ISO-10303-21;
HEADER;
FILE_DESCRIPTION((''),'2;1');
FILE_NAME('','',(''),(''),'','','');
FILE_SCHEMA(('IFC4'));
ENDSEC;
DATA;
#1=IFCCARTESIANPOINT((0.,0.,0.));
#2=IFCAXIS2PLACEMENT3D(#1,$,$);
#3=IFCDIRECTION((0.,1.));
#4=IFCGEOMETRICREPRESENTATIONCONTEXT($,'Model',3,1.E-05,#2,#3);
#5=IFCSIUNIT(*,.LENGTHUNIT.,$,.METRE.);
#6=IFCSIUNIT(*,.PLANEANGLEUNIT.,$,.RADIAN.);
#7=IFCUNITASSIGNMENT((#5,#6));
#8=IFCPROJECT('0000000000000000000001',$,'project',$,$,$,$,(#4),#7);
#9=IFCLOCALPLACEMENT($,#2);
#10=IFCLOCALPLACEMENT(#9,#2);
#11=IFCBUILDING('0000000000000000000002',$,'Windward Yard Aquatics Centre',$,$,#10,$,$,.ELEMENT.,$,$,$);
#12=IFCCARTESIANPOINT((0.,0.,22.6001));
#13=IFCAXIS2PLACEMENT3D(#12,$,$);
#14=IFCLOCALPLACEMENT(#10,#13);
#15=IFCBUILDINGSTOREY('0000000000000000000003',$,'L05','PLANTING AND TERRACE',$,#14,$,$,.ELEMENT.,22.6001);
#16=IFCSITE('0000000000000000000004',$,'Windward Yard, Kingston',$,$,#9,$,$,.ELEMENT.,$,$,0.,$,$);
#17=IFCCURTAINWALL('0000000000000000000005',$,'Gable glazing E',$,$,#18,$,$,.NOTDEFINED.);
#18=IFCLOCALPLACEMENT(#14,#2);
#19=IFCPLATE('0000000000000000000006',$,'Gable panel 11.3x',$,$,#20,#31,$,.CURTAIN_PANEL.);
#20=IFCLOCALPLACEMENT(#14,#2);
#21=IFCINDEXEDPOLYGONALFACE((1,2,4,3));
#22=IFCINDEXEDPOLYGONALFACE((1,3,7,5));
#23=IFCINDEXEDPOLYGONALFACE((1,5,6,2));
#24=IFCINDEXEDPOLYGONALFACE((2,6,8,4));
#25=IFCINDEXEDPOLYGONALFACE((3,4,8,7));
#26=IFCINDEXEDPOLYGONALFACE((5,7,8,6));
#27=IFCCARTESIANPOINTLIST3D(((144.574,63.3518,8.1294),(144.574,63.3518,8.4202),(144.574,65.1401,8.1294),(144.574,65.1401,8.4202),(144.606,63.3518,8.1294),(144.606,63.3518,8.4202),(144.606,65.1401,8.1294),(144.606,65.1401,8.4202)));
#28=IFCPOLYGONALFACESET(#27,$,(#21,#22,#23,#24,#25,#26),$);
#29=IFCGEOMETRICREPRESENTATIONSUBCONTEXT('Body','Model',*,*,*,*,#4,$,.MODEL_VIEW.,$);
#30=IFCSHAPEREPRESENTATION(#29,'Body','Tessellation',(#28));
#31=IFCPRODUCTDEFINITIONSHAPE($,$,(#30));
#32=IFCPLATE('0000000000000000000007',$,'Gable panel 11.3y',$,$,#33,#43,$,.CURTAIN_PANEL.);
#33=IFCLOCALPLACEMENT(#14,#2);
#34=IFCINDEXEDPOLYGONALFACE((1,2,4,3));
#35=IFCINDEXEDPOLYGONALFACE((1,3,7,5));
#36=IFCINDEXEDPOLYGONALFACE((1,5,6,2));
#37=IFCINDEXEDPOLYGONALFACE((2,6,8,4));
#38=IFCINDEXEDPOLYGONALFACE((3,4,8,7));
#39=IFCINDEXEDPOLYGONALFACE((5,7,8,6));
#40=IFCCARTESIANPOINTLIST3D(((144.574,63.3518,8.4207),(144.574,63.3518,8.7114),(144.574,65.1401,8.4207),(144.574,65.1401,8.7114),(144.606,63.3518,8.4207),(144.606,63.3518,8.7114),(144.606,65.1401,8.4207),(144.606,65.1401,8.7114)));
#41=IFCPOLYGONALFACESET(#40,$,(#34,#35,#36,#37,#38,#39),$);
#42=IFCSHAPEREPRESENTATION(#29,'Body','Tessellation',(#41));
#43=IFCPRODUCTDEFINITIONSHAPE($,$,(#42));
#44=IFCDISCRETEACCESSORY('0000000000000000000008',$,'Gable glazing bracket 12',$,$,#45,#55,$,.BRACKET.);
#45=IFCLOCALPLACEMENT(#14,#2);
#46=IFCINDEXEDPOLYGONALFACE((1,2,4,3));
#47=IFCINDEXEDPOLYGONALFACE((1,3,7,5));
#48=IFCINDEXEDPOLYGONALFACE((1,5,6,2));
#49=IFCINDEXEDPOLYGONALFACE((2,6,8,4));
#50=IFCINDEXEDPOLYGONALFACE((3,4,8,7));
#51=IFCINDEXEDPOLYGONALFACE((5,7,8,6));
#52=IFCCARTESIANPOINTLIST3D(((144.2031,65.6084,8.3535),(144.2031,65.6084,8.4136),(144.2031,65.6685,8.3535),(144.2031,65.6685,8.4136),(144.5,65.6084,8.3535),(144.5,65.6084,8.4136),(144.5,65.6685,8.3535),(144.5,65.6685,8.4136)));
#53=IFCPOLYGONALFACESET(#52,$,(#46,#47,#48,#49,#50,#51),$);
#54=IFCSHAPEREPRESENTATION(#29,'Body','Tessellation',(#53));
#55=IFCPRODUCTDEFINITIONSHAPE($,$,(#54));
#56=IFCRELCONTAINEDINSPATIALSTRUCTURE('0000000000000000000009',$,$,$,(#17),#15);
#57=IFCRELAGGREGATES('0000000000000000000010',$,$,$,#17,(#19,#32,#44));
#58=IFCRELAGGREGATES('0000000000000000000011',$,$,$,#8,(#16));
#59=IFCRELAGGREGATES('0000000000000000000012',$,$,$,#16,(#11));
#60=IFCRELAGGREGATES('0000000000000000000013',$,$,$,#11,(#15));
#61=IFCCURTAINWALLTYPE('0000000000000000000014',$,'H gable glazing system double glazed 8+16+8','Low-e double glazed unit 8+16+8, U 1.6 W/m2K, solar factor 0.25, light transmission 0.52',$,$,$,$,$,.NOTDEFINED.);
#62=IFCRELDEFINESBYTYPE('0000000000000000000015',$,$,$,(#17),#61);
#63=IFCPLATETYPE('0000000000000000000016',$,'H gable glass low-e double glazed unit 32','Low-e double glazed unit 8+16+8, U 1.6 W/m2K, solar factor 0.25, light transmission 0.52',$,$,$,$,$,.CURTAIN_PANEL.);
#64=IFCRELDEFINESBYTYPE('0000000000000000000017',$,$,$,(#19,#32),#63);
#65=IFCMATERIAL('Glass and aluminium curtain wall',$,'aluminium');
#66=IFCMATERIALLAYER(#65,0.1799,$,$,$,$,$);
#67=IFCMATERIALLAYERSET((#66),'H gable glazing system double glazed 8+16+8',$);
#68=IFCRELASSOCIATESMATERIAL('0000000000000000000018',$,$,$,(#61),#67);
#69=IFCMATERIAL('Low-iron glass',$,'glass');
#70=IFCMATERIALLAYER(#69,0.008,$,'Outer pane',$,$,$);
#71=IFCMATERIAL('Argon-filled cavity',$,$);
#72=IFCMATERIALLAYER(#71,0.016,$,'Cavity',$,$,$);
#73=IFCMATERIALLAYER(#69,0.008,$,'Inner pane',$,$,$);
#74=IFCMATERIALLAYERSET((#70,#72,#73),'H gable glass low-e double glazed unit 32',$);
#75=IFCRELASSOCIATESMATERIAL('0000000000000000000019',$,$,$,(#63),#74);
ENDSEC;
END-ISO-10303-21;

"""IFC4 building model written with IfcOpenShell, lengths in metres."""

from ifc_helpers import new_model, si_unit, direction, frame, origin, origin_2d, place, context, subcontext, project, spatial, polyline, rectangle, outline, extrude, material, layer, layer_set, type_object, element, aggregate, save


model = new_model("IFC4")

# Units and contexts
model_context = context("Model", 3, precision=1e-05, world=origin(), true_north=direction((0.0, 1.0)))
body_context = subcontext(model_context, "Body", "Model", "MODEL_VIEW")
ifc_project = project(units=[si_unit("LENGTHUNIT", "METRE"), si_unit("PLANEANGLEUNIT", "RADIAN")], contexts=[model_context])

# Site, building, storey
site_placement = place(None, origin())
site = spatial("IfcSite", under=ifc_project, at=site_placement, Name="Windward Yard, Kingston", CompositionType="ELEMENT", RefElevation=0.0)
building_placement = place(site_placement, origin())
building = spatial("IfcBuilding", under=site, at=building_placement, Name="Windward Yard Aquatics Centre", CompositionType="ELEMENT")
storey_placement = place(building_placement, frame((0.0, 0.0, 22.6001)))
storey = spatial("IfcBuildingStorey", under=building, at=storey_placement, Name="L05", Description="PLANTING AND TERRACE", CompositionType="ELEMENT", Elevation=22.6001)

# Curtain wall, plates, discrete accessory
ifc_material_1 = material(Name="Glass and aluminium curtain wall", Category="aluminium")
ifc_layer_1 = layer(ifc_material_1, 0.1799)
ifc_layer_set_1 = layer_set([ifc_layer_1], Name="H gable glazing system double glazed 8+16+8")
curtain_wall_type = type_object("IfcCurtainWallType", Name="H gable glazing system double glazed 8+16+8", Description="Low-e double glazed unit 8+16+8, U 1.6 W/m2K, solar factor 0.25, light transmission 0.52", PredefinedType="NOTDEFINED", material=ifc_layer_set_1)
curtain_wall_placement = place(storey_placement, origin())
curtain_wall = element("IfcCurtainWall", 1, at=curtain_wall_placement, inside=storey, type_object=curtain_wall_type, Name="Gable glazing E", PredefinedType="NOTDEFINED")
ifc_material_2 = material(Name="Low-iron glass", Category="glass")
ifc_layer_2 = layer(ifc_material_2, 0.008, Name="Outer pane")
ifc_material_3 = material(Name="Argon-filled cavity")
ifc_layer_3 = layer(ifc_material_3, 0.016, Name="Cavity")
ifc_layer_4 = layer(ifc_material_2, 0.008, Name="Inner pane")
ifc_layer_set_2 = layer_set([ifc_layer_2, ifc_layer_3, ifc_layer_4], Name="H gable glass low-e double glazed unit 32")
plate_type = type_object("IfcPlateType", Name="H gable glass low-e double glazed unit 32", Description="Low-e double glazed unit 8+16+8, U 1.6 W/m2K, solar factor 0.25, light transmission 0.52", PredefinedType="CURTAIN_PANEL", material=ifc_layer_set_2)
plate_1_placement = place(storey_placement, frame((144.606, 63.3518, 8.1294), z_axis=(1.0, 0.0, 0.0), x_axis=(0.0, 1.0, 0.0)))
plate_1 = element("IfcPlate", 2, at=plate_1_placement, type_object=plate_type, Name="Gable panel 11.3x", PredefinedType="CURTAIN_PANEL", context=body_context, shape_type="SweptSolid", body=[
    extrude(outline(polyline([(0.0, 0.0), (1.7883, 0.0), (1.7883, 0.2908), (0.0, 0.2908), (0.0, 0.0)])), origin(), (0.0, 0.0, -1.0), 0.032),
])
plate_2_placement = place(storey_placement, frame((144.606, 63.3518, 8.4207), z_axis=(1.0, 0.0, 0.0), x_axis=(0.0, 1.0, 0.0)))
plate_2 = element("IfcPlate", 3, at=plate_2_placement, type_object=plate_type, Name="Gable panel 11.3y", PredefinedType="CURTAIN_PANEL", context=body_context, shape_type="SweptSolid", body=[
    extrude(outline(polyline([(0.0, 0.0), (1.7883, 0.0), (1.7883, 0.2908), (0.0, 0.2908), (0.0, 0.0)])), origin(), (0.0, 0.0, -1.0), 0.032),
])
discrete_accessory_placement = place(storey_placement, frame((144.2031, 65.6384, 8.3835), z_axis=(1.0, 0.0, 0.0), x_axis=(0.0, 1.0, 0.0)))
discrete_accessory = element("IfcDiscreteAccessory", 4, at=discrete_accessory_placement, Name="Gable glazing bracket 12", PredefinedType="BRACKET", context=body_context, shape_type="SweptSolid", body=[
    extrude(rectangle(XDim=0.0601, YDim=0.0601, at=origin_2d()), origin(), (0.0, 0.0, 1.0), 0.2969),
])
aggregate(curtain_wall, [plate_1, plate_2, discrete_accessory])

save(model, "model.ifc")
